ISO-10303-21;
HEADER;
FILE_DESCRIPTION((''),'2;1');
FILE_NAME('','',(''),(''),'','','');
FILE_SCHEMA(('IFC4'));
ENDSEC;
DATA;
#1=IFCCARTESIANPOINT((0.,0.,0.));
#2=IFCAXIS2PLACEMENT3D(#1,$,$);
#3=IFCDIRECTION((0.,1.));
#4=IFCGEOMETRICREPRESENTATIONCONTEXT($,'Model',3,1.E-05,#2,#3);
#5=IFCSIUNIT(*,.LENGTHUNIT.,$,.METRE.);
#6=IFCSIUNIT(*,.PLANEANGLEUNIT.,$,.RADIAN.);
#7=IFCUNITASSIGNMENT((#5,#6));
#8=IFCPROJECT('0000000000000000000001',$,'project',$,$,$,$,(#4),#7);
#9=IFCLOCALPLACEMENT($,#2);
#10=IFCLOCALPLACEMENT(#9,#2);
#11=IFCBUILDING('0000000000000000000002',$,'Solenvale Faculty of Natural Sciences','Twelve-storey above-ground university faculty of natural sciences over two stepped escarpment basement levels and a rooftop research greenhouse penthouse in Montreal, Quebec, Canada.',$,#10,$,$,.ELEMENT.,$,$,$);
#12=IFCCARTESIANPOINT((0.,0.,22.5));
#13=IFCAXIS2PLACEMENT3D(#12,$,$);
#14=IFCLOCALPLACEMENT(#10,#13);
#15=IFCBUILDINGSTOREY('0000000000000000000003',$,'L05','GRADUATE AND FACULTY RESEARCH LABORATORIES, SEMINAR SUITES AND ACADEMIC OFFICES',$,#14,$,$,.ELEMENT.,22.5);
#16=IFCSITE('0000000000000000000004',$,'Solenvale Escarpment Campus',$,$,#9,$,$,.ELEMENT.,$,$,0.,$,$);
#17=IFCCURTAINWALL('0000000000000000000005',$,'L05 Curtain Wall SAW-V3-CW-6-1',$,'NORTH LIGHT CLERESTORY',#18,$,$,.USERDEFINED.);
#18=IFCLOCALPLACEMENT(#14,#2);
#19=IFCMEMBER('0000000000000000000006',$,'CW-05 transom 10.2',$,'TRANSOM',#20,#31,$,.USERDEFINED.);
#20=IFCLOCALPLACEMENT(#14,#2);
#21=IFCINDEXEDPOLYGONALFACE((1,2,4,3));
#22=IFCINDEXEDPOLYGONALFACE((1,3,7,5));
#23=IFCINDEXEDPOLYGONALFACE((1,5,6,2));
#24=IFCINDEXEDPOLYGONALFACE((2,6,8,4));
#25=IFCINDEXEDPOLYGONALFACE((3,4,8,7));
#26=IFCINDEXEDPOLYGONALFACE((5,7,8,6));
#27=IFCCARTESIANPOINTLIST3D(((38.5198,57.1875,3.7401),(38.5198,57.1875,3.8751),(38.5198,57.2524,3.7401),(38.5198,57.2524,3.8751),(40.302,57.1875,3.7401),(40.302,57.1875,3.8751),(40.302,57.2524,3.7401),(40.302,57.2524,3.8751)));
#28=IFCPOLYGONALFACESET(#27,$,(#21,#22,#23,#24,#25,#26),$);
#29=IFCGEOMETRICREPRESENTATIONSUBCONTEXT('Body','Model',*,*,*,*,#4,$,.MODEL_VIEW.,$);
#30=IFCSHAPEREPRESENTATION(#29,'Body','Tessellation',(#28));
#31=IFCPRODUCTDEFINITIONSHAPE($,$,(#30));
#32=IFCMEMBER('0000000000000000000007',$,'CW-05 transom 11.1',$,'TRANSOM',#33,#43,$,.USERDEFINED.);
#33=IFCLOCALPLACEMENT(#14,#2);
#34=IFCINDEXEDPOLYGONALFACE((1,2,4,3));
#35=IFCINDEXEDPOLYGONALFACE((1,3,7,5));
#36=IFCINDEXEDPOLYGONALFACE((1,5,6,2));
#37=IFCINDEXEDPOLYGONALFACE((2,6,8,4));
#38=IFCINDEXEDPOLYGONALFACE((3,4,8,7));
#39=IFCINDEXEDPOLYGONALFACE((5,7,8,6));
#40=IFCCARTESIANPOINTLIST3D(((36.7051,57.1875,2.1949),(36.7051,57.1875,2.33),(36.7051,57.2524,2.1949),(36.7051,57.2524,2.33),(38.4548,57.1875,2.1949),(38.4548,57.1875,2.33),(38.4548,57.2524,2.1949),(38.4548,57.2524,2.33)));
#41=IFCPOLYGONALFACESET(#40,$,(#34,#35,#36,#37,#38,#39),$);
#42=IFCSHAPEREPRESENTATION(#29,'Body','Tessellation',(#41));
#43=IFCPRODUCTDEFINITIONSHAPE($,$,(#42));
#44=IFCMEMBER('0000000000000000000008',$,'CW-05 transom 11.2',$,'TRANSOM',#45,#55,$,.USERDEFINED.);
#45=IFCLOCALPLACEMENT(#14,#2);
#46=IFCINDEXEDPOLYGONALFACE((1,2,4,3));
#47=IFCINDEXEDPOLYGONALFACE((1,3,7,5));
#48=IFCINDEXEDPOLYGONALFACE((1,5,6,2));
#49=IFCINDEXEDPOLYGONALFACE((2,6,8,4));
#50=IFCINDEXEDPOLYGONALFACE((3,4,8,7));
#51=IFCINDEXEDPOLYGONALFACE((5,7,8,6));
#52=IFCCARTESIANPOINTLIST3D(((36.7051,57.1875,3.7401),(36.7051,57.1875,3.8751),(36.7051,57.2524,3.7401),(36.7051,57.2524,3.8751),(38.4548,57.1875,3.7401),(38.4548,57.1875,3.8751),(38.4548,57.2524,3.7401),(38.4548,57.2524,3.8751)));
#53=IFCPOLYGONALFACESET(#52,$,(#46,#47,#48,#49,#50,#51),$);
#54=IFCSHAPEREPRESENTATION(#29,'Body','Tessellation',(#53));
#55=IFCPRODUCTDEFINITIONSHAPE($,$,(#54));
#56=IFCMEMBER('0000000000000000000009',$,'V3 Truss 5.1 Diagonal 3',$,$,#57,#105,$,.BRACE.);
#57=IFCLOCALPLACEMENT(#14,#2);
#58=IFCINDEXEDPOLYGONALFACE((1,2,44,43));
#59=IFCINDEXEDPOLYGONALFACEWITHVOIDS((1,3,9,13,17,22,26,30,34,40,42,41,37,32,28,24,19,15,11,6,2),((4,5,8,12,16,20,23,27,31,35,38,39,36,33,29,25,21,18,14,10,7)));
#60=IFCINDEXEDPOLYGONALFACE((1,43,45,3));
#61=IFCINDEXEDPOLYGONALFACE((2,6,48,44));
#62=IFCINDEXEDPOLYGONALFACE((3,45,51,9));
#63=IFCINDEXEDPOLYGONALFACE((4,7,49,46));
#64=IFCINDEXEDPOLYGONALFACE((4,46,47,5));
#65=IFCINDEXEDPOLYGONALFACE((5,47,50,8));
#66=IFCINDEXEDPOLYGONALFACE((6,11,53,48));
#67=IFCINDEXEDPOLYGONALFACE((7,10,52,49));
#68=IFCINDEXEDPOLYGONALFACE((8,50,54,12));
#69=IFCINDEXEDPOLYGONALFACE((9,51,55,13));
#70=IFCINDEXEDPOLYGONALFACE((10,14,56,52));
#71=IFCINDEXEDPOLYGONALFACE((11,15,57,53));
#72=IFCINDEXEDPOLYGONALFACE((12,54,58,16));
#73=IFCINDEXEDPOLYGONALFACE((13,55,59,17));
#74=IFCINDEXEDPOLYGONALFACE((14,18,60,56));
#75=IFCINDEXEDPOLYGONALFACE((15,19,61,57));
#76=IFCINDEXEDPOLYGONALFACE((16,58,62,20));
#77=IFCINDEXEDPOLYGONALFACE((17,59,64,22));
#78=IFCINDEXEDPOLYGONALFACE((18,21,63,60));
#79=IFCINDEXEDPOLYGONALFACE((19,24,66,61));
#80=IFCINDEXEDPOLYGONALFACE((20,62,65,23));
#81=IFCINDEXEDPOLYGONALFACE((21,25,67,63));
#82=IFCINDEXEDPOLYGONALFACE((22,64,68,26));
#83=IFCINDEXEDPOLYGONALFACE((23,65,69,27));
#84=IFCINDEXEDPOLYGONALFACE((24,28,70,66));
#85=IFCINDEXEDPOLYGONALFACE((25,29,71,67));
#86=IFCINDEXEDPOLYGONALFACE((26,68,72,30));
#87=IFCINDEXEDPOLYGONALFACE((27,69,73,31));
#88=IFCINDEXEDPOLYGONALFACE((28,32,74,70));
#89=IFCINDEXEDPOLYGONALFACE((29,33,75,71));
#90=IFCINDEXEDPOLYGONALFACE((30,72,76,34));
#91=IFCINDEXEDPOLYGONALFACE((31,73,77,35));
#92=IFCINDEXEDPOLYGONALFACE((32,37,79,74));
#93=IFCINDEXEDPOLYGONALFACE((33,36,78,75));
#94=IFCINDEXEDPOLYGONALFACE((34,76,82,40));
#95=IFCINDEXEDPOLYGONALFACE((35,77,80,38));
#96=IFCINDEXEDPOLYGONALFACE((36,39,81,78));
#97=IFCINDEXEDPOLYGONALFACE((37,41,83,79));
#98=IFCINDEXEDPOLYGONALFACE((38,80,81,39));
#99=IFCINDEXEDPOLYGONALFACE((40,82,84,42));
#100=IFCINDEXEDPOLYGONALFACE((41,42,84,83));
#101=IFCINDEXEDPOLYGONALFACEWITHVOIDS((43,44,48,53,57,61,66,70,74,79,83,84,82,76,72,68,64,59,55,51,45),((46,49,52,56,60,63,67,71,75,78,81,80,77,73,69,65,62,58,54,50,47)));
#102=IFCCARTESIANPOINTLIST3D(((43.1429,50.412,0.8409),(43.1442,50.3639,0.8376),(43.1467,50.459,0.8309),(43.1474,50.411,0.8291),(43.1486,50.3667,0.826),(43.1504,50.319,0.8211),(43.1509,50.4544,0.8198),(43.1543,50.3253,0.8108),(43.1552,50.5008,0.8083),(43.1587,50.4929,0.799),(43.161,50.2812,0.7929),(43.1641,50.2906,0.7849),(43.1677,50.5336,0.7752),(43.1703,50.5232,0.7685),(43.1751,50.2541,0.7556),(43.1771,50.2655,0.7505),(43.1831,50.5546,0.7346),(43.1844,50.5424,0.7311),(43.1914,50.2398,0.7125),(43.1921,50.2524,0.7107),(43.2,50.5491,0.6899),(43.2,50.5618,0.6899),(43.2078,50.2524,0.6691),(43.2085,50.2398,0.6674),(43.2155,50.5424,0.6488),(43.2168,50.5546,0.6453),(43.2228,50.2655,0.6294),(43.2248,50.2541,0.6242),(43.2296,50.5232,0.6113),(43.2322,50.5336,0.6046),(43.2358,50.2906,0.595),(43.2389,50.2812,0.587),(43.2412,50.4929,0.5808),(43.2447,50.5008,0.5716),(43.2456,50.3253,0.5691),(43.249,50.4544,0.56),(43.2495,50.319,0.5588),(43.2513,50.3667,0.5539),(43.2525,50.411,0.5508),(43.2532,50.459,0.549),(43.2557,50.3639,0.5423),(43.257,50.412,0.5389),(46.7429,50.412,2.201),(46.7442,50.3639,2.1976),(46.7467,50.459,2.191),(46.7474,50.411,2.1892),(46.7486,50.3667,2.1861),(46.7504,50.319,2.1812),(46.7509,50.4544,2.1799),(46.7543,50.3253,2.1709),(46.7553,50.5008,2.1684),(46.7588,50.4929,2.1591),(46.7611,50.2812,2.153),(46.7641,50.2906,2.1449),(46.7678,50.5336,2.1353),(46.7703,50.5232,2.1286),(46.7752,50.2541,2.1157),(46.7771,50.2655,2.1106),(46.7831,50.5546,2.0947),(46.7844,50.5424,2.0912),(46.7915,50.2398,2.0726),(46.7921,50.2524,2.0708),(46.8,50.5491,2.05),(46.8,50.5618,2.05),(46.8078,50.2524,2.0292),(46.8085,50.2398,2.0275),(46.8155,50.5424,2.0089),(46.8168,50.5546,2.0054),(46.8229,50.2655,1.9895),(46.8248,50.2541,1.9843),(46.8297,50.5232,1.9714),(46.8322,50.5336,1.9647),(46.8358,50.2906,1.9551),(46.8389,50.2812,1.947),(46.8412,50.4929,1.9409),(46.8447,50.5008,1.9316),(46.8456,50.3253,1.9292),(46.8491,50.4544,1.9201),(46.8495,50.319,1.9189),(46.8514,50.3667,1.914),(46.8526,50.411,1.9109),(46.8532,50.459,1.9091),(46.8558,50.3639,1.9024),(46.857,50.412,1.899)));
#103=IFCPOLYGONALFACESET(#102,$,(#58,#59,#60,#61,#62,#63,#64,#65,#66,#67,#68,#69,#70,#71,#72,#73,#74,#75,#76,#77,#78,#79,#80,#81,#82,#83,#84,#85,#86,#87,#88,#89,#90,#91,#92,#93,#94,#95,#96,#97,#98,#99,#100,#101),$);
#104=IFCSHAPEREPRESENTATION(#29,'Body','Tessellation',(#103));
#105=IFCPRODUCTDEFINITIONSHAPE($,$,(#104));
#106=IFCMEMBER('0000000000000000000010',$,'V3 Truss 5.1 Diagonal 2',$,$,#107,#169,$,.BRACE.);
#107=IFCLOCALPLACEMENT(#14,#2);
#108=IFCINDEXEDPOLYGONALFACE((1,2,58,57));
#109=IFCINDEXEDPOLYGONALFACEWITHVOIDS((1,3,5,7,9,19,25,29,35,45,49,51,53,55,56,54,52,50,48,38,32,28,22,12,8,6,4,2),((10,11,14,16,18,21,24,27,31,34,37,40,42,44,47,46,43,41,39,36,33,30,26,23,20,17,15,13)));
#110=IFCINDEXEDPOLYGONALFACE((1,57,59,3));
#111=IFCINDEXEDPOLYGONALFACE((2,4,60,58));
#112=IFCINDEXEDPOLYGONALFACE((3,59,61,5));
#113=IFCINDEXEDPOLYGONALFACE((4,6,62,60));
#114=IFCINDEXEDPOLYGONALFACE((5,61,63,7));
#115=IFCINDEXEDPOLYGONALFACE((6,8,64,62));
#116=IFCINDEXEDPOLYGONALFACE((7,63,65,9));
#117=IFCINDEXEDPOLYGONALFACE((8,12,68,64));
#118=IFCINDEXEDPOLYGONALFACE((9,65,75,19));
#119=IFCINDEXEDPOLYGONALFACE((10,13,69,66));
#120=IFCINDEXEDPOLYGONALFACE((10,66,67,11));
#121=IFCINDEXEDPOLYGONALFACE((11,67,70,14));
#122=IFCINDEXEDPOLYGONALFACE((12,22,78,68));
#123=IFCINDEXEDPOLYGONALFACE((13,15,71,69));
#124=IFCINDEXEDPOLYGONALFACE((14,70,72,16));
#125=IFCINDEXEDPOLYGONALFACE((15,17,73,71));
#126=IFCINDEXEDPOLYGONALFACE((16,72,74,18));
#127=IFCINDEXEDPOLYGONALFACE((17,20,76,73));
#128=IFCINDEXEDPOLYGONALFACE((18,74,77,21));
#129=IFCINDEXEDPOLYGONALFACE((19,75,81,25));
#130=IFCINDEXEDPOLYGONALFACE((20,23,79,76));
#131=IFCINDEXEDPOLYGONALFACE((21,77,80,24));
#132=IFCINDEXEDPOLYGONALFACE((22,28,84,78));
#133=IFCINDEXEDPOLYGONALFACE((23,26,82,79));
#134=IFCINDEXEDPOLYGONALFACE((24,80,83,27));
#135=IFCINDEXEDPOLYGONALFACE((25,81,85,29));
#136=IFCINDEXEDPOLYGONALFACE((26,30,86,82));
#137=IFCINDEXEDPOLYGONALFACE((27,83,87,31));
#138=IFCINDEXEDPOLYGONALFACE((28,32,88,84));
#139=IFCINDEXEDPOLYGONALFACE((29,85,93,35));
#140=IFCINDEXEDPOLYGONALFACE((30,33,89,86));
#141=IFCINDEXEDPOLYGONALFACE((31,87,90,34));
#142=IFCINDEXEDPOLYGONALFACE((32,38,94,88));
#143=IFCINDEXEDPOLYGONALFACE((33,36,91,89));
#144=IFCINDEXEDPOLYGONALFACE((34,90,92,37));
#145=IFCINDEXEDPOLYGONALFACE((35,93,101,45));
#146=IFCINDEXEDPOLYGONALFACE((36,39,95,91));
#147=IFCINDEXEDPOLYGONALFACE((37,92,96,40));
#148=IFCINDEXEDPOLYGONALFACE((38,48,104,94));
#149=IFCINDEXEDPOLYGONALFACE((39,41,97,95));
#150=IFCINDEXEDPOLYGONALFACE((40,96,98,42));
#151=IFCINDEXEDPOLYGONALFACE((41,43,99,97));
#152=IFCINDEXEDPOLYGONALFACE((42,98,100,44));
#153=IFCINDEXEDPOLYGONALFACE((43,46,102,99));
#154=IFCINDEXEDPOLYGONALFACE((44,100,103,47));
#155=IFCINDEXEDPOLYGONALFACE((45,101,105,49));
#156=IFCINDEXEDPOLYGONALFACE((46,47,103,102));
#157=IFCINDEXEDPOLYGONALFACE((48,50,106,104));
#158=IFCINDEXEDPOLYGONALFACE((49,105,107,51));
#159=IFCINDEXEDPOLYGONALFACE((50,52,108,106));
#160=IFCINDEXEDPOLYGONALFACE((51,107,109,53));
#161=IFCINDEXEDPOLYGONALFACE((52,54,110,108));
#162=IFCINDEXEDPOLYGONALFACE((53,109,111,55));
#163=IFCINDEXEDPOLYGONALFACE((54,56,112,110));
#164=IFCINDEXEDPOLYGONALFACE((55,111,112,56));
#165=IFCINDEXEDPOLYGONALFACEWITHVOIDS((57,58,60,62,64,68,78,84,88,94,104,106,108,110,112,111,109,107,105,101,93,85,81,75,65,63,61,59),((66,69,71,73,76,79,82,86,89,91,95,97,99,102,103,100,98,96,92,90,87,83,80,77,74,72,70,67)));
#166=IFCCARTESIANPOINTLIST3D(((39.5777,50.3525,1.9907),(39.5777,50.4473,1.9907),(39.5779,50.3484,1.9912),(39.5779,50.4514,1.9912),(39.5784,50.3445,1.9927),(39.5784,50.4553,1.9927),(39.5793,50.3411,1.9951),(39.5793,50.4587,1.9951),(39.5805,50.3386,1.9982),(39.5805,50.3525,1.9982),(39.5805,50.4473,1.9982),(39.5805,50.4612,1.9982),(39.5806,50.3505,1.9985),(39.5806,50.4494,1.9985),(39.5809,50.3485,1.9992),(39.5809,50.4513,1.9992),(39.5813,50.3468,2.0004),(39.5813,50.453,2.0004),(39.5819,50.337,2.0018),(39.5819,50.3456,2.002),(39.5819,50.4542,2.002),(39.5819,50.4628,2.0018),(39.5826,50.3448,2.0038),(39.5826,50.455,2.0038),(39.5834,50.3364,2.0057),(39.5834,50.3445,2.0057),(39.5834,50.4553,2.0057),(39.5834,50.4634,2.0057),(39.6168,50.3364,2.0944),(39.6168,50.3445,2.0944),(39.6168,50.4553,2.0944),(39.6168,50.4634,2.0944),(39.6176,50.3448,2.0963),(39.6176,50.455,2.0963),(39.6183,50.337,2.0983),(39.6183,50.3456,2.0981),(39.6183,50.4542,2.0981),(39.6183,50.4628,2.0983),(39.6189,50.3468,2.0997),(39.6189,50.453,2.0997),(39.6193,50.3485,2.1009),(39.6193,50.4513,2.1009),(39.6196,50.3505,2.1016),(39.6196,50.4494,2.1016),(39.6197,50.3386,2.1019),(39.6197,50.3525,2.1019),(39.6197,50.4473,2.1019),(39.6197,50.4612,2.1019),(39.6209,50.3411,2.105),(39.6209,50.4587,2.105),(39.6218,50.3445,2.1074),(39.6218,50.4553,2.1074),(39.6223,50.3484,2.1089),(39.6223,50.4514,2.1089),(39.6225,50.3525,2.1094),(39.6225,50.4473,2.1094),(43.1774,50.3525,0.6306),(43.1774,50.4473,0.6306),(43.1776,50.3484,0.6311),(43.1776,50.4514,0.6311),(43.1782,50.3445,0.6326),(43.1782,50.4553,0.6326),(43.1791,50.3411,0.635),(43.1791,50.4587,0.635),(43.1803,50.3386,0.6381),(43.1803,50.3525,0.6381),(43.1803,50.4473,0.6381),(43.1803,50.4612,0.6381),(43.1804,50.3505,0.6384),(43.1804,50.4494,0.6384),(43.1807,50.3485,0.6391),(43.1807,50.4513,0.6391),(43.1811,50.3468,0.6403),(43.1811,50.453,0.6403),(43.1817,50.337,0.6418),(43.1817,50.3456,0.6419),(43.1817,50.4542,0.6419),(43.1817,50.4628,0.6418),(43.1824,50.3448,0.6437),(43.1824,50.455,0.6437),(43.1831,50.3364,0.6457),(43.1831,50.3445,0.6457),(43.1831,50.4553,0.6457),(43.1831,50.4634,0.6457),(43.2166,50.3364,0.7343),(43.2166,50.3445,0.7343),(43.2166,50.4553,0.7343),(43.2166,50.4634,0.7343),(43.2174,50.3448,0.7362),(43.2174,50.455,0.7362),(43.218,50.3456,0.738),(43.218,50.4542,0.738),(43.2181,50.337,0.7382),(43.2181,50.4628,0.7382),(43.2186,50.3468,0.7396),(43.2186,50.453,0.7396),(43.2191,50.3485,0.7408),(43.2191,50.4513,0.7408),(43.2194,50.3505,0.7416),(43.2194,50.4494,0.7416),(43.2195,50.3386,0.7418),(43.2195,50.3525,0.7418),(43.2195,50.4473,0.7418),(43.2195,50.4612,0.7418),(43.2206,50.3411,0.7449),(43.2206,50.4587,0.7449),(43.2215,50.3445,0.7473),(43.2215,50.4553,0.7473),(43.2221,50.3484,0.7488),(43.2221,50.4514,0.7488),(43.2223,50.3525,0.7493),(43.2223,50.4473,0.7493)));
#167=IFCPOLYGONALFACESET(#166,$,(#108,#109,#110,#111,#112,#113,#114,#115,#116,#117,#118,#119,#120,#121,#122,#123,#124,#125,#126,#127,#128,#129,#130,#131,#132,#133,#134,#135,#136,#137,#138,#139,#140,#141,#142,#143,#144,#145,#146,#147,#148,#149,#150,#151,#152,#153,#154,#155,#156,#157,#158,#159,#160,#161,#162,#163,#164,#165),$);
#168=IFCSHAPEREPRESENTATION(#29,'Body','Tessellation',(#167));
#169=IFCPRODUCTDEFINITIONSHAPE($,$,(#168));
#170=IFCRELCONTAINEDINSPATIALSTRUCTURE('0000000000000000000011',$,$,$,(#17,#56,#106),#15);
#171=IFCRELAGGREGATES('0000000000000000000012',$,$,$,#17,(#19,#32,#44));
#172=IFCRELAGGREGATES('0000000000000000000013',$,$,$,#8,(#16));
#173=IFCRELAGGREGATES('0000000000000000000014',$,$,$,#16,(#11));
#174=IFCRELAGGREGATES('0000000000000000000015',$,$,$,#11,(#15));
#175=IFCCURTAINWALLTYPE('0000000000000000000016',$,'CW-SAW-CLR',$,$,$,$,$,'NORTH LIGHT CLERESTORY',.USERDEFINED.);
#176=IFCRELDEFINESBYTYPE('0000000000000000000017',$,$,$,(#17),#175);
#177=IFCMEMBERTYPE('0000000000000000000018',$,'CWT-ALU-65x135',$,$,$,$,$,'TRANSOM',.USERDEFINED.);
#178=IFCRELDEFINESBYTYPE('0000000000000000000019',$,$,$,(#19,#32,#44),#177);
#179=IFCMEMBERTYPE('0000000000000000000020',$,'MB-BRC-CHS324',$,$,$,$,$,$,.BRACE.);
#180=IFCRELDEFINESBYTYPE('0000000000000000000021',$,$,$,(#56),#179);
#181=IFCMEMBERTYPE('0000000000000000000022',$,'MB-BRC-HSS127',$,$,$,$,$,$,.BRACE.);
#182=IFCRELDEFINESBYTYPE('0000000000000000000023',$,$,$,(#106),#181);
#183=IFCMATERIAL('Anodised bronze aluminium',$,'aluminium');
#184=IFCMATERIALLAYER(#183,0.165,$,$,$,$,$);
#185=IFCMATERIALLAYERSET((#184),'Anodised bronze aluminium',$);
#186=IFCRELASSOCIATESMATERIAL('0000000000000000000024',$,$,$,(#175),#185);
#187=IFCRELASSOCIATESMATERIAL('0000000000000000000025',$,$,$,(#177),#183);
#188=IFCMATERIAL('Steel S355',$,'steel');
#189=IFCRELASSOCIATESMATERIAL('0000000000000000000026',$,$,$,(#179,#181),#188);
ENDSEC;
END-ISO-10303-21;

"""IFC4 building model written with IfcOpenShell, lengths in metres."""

from ifc_helpers import new_model, si_unit, direction, frame, origin, origin_2d, place, context, subcontext, project, spatial, rectangle, hollow_rectangle, hollow_circle, extrude, material, layer, layer_set, material_profile, profile_set, type_object, element, aggregate, save


model = new_model("IFC4")

# Units and contexts
model_context = context("Model", 3, precision=1e-05, world=origin(), true_north=direction((0.0, 1.0)))
body_context = subcontext(model_context, "Body", "Model", "MODEL_VIEW")
ifc_project = project(units=[si_unit("LENGTHUNIT", "METRE"), si_unit("PLANEANGLEUNIT", "RADIAN")], contexts=[model_context])

# Site, building, storey
site_placement = place(None, origin())
site = spatial("IfcSite", under=ifc_project, at=site_placement, Name="Solenvale Escarpment Campus", CompositionType="ELEMENT", RefElevation=0.0)
building_placement = place(site_placement, origin())
building = spatial("IfcBuilding", under=site, at=building_placement, Name="Solenvale Faculty of Natural Sciences", Description="Twelve-storey above-ground university faculty of natural sciences over two stepped escarpment basement levels and a rooftop research greenhouse penthouse in Montreal, Quebec, Canada.", CompositionType="ELEMENT")
storey_placement = place(building_placement, frame((0.0, 0.0, 22.5)))
storey = spatial("IfcBuildingStorey", under=building, at=storey_placement, Name="L05", Description="GRADUATE AND FACULTY RESEARCH LABORATORIES, SEMINAR SUITES AND ACADEMIC OFFICES", CompositionType="ELEMENT", Elevation=22.5)

# Shared definitions
ifc_material_1 = material(Name="Steel S355", Category="steel")

# Curtain wall, members
ifc_material_2 = material(Name="Anodised bronze aluminium", Category="aluminium")
ifc_layer_1 = layer(ifc_material_2, 0.165)
ifc_layer_set_1 = layer_set([ifc_layer_1], Name="Anodised bronze aluminium")
curtain_wall_type = type_object("IfcCurtainWallType", Name="CW-SAW-CLR", ElementType="NORTH LIGHT CLERESTORY", PredefinedType="USERDEFINED", material=ifc_layer_set_1)
curtain_wall_placement = place(storey_placement, origin())
curtain_wall = element("IfcCurtainWall", 1, at=curtain_wall_placement, inside=storey, type_object=curtain_wall_type, Name="L05 Curtain Wall SAW-V3-CW-6-1", ObjectType="NORTH LIGHT CLERESTORY", PredefinedType="USERDEFINED")
ifc_material_profile_1 = material_profile(ifc_material_2, rectangle(XDim=0.0649, YDim=0.135, at=origin_2d()), Name="ALU-TRN-65x135")
ifc_profile_set_1 = profile_set([ifc_material_profile_1], Name="Anodised bronze aluminium")
member_type_1 = type_object("IfcMemberType", Name="CWT-ALU-65x135", ElementType="TRANSOM", PredefinedType="USERDEFINED", material=ifc_profile_set_1)
member_1_placement = place(storey_placement, frame((40.302, 57.22, 3.8076), z_axis=(-1.0, 0.0, 0.0), x_axis=(0.0, -1.0, 0.0)))
member_1 = element("IfcMember", 2, at=member_1_placement, type_object=member_type_1, Name="CW-05 transom 10.2", ObjectType="TRANSOM", PredefinedType="USERDEFINED", context=body_context, shape_type="SweptSolid", body=[
    extrude(rectangle(XDim=0.0649, YDim=0.135, at=origin_2d()), origin(), (0.0, 0.0, 1.0), 1.7822),
])
member_2_placement = place(storey_placement, frame((38.4548, 57.22, 2.2625), z_axis=(-1.0, 0.0, 0.0), x_axis=(0.0, -1.0, 0.0)))
member_2 = element("IfcMember", 3, at=member_2_placement, type_object=member_type_1, Name="CW-05 transom 11.1", ObjectType="TRANSOM", PredefinedType="USERDEFINED", context=body_context, shape_type="SweptSolid", body=[
    extrude(rectangle(XDim=0.0649, YDim=0.135, at=origin_2d()), origin(), (0.0, 0.0, 1.0), 1.7498),
])
member_3_placement = place(storey_placement, frame((38.4548, 57.22, 3.8076), z_axis=(-1.0, 0.0, 0.0), x_axis=(0.0, -1.0, 0.0)))
member_3 = element("IfcMember", 4, at=member_3_placement, type_object=member_type_1, Name="CW-05 transom 11.2", ObjectType="TRANSOM", PredefinedType="USERDEFINED", context=body_context, shape_type="SweptSolid", body=[
    extrude(rectangle(XDim=0.0649, YDim=0.135, at=origin_2d()), origin(), (0.0, 0.0, 1.0), 1.7498),
])

# Members
ifc_material_profile_2 = material_profile(ifc_material_1, hollow_circle(Radius=0.1619, WallThickness=0.0127, at=origin_2d()), Name="HSS324x13")
ifc_profile_set_2 = profile_set([ifc_material_profile_2], Name="Steel S355")
member_type_2 = type_object("IfcMemberType", Name="MB-BRC-CHS324", PredefinedType="BRACE", material=ifc_profile_set_2)
member_4_placement = place(storey_placement, frame((43.2, 50.3999, 0.6899), z_axis=(0.935466, 0.0, 0.353417), x_axis=(0.0, 1.0, 0.0)))
element("IfcMember", 5, at=member_4_placement, inside=storey, type_object=member_type_2, Name="V3 Truss 5.1 Diagonal 3", PredefinedType="BRACE", context=body_context, shape_type="SweptSolid", body=[
    extrude(hollow_circle(Radius=0.1619, WallThickness=0.0127, at=origin_2d()), origin(), (0.0, 0.0, 1.0), 3.8484),
])
ifc_material_profile_3 = material_profile(ifc_material_1, hollow_rectangle(XDim=0.127, YDim=0.127, WallThickness=0.0081, InnerFilletRadius=0.0081, OuterFilletRadius=0.0161, at=origin_2d()), Name="HSS127x127x8.0")
ifc_profile_set_3 = profile_set([ifc_material_profile_3], Name="Steel S355")
member_type_3 = type_object("IfcMemberType", Name="MB-BRC-HSS127", PredefinedType="BRACE", material=ifc_profile_set_3)
member_5_placement = place(storey_placement, frame((39.6001, 50.3999, 2.05), z_axis=(0.935458, 0.0, -0.353438), x_axis=(0.0, 1.0, 0.0)))
element("IfcMember", 6, at=member_5_placement, inside=storey, type_object=member_type_3, Name="V3 Truss 5.1 Diagonal 2", PredefinedType="BRACE", context=body_context, shape_type="SweptSolid", body=[
    extrude(hollow_rectangle(XDim=0.127, YDim=0.127, WallThickness=0.0081, InnerFilletRadius=0.0081, OuterFilletRadius=0.0161, at=origin_2d()), origin(), (0.0, 0.0, 1.0), 3.8481),
])

aggregate(curtain_wall, [member_1, member_2, member_3])

save(model, "model.ifc")
